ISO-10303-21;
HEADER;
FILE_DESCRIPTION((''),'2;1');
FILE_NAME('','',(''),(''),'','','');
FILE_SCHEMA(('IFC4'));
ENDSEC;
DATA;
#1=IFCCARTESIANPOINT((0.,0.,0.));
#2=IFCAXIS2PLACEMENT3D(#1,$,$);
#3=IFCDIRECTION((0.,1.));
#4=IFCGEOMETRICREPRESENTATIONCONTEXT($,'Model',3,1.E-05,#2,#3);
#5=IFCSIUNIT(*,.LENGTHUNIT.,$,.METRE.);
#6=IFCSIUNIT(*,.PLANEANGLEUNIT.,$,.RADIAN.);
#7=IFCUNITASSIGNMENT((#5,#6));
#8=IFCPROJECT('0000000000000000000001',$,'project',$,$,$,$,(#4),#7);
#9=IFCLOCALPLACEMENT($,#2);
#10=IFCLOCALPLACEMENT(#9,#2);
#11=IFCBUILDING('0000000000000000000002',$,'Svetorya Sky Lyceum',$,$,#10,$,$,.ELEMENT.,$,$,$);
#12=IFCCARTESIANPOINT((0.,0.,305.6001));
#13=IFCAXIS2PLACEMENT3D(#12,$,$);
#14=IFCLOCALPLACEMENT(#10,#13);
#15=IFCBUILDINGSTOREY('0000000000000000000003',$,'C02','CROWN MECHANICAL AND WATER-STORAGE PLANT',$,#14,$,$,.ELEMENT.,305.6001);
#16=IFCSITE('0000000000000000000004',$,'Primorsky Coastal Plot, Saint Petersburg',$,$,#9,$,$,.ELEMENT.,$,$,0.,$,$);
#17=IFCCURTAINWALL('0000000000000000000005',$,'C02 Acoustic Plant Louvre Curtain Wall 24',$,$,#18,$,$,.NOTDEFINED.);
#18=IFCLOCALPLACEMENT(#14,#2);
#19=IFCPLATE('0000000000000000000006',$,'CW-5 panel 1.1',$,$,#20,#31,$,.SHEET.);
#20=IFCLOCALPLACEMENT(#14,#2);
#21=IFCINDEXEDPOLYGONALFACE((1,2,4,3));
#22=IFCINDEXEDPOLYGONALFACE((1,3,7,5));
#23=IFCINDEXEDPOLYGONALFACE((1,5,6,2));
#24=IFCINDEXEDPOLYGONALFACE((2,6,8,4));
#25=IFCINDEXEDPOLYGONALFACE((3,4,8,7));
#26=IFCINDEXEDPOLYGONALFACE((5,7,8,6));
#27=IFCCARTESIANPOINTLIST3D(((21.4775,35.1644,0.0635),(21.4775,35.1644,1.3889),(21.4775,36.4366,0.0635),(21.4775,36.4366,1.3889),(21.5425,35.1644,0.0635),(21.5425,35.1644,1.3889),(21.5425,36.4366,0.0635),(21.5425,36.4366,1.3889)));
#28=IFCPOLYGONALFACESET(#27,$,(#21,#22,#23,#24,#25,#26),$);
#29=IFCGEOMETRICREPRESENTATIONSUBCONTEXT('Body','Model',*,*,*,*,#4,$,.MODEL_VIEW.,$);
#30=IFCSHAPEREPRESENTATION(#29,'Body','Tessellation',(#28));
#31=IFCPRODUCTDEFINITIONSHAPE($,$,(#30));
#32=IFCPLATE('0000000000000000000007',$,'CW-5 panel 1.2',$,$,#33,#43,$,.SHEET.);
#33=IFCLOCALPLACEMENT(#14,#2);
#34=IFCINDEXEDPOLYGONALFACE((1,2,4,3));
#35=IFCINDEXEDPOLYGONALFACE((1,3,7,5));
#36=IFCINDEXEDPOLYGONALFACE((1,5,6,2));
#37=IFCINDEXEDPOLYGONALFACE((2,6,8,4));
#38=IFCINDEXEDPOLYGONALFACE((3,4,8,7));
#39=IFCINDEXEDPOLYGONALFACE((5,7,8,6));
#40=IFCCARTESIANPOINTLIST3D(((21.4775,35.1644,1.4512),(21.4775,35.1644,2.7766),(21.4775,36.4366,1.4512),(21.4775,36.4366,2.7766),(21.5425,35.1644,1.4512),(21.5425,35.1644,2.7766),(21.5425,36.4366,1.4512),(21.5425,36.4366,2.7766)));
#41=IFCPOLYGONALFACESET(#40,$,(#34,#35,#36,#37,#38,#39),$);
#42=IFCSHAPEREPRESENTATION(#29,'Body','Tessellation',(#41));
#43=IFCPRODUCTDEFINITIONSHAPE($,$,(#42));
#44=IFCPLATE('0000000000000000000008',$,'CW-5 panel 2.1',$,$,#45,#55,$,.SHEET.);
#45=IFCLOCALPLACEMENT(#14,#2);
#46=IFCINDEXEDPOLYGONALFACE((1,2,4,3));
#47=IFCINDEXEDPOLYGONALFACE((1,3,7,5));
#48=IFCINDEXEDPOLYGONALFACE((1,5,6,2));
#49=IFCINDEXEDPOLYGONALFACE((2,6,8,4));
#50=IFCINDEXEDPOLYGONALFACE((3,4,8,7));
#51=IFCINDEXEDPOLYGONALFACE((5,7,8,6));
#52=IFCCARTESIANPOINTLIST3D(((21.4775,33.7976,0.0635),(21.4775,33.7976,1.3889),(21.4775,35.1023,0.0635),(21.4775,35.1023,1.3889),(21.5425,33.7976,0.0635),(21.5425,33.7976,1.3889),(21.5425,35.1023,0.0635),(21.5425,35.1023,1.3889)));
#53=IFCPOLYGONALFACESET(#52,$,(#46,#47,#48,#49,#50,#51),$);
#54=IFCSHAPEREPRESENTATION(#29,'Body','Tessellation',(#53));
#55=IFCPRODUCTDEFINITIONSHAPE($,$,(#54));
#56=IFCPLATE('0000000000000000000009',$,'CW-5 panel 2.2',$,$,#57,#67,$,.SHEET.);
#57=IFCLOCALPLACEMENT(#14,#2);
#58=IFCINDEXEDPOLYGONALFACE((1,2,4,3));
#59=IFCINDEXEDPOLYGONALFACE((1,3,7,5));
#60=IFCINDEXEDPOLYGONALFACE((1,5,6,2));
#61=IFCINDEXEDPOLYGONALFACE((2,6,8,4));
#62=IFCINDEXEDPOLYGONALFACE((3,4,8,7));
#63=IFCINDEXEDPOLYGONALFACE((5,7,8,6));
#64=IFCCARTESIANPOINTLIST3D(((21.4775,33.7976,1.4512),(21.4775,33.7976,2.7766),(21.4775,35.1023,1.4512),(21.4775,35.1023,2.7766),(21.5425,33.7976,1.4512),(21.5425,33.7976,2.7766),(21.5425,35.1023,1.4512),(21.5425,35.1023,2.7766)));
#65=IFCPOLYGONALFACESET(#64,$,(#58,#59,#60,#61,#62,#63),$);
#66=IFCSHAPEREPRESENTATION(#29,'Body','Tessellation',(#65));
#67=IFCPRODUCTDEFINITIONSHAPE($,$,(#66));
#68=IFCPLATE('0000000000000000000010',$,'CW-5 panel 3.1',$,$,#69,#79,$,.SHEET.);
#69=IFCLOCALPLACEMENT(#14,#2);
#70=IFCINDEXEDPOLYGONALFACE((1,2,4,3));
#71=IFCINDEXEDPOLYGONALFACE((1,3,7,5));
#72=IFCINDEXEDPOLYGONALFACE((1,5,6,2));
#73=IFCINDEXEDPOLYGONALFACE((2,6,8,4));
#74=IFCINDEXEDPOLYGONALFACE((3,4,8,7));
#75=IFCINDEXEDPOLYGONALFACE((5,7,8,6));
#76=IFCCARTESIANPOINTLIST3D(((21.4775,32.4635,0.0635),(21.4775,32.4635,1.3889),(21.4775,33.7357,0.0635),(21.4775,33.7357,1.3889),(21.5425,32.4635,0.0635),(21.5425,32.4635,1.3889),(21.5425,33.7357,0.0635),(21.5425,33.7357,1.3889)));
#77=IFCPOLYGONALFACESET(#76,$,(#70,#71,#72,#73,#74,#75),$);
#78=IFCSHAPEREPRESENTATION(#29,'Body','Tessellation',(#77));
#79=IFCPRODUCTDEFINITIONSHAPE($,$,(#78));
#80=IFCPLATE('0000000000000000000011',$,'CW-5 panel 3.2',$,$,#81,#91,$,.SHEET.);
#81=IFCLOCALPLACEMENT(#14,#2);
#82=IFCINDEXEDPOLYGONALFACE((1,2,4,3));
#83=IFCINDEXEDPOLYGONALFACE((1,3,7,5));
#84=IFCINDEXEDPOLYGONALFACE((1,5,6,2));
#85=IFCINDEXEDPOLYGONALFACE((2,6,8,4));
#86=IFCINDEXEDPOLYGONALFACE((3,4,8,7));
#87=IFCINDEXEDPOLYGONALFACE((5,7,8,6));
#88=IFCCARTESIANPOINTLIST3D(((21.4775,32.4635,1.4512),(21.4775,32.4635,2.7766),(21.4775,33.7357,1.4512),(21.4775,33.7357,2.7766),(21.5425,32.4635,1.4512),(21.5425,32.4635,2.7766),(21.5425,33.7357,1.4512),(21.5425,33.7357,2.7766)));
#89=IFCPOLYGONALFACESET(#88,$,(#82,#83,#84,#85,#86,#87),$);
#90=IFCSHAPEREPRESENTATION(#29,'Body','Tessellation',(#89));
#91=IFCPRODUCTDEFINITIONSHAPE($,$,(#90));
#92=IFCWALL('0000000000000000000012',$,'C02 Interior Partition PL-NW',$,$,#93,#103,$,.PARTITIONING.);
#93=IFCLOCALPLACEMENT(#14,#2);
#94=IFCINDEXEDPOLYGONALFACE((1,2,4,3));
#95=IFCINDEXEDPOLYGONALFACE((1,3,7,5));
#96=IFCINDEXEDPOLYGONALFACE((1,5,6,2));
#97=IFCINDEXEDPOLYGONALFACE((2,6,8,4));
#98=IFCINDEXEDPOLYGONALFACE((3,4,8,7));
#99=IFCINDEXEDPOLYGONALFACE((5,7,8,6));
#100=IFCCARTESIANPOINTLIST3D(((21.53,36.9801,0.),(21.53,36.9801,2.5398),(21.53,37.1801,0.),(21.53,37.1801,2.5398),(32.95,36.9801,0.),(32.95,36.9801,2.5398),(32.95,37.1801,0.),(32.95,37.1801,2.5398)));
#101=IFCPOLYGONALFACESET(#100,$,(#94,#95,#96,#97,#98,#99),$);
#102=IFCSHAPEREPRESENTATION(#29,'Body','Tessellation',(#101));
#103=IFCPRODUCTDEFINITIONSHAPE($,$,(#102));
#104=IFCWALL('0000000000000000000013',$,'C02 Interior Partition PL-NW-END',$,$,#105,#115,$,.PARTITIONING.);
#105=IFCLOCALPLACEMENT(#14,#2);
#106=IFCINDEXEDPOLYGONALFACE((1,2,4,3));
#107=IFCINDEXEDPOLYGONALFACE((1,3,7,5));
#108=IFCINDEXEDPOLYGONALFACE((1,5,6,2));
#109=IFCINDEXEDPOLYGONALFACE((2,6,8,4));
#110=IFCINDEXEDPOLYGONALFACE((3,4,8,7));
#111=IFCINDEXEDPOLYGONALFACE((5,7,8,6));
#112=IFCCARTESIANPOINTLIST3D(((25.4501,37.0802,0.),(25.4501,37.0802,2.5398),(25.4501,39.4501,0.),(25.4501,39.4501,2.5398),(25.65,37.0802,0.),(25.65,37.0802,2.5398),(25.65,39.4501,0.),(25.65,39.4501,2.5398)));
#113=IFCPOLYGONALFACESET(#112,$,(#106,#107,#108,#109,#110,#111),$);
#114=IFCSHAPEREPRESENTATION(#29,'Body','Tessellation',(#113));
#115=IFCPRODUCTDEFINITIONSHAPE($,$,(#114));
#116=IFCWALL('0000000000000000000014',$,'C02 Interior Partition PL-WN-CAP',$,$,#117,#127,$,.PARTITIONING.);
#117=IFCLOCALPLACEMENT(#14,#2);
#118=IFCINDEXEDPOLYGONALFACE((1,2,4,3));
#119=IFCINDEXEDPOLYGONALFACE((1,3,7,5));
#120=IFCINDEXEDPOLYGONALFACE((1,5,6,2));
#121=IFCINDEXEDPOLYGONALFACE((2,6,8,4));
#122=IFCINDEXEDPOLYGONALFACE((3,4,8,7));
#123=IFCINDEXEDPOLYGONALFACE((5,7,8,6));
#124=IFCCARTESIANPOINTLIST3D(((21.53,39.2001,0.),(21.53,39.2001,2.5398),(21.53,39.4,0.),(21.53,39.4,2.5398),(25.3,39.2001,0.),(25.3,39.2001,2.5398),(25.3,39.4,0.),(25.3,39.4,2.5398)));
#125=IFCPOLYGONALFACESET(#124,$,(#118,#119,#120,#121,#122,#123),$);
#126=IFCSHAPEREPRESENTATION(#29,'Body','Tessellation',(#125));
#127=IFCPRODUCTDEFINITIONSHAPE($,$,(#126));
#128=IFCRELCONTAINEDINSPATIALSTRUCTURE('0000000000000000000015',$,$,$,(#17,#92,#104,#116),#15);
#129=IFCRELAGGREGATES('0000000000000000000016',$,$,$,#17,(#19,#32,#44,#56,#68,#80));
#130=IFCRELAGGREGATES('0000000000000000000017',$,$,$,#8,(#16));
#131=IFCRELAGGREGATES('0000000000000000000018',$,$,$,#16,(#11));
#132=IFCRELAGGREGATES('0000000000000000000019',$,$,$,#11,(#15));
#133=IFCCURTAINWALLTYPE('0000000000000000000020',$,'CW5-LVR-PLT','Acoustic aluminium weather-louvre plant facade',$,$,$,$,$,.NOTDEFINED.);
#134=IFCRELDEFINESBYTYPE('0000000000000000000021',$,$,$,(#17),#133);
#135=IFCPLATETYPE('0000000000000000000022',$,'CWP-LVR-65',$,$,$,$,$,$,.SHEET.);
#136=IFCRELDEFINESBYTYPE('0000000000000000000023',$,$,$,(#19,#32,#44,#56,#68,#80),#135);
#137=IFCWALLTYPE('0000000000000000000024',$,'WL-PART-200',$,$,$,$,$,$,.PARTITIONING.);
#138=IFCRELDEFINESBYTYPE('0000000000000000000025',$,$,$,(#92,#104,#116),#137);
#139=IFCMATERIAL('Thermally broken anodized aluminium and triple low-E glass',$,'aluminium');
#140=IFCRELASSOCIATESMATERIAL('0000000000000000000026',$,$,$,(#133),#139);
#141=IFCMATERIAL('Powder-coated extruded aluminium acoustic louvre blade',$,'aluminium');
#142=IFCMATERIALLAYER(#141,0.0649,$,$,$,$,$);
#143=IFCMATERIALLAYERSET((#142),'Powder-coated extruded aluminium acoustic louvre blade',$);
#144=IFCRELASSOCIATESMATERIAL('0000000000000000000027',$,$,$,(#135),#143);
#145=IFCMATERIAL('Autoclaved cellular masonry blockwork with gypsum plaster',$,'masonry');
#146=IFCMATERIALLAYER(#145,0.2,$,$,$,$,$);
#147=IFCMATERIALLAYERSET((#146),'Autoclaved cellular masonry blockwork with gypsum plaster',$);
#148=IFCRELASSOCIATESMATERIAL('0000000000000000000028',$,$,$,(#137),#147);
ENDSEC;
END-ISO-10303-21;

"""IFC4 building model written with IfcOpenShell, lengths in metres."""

from ifc_helpers import new_model, si_unit, direction, frame, frame_2d, origin, origin_2d, place, context, subcontext, project, spatial, rectangle, extrude, material, layer, layer_set, type_object, element, aggregate, save


model = new_model("IFC4")

# Units and contexts
model_context = context("Model", 3, precision=1e-05, world=origin(), true_north=direction((0.0, 1.0)))
body_context = subcontext(model_context, "Body", "Model", "MODEL_VIEW")
ifc_project = project(units=[si_unit("LENGTHUNIT", "METRE"), si_unit("PLANEANGLEUNIT", "RADIAN")], contexts=[model_context])

# Site, building, storey
site_placement = place(None, origin())
site = spatial("IfcSite", under=ifc_project, at=site_placement, Name="Primorsky Coastal Plot, Saint Petersburg", CompositionType="ELEMENT", RefElevation=0.0)
building_placement = place(site_placement, origin())
building = spatial("IfcBuilding", under=site, at=building_placement, Name="Svetorya Sky Lyceum", CompositionType="ELEMENT")
storey_placement = place(building_placement, frame((0.0, 0.0, 305.6001)))
storey = spatial("IfcBuildingStorey", under=building, at=storey_placement, Name="C02", Description="CROWN MECHANICAL AND WATER-STORAGE PLANT", CompositionType="ELEMENT", Elevation=305.6001)

# Curtain wall, plates
ifc_material_1 = material(Name="Thermally broken anodized aluminium and triple low-E glass", Category="aluminium")
curtain_wall_type = type_object("IfcCurtainWallType", Name="CW5-LVR-PLT", Description="Acoustic aluminium weather-louvre plant facade", PredefinedType="NOTDEFINED", material=ifc_material_1)
curtain_wall_placement = place(storey_placement, origin())
curtain_wall = element("IfcCurtainWall", 1, at=curtain_wall_placement, inside=storey, type_object=curtain_wall_type, Name="C02 Acoustic Plant Louvre Curtain Wall 24", PredefinedType="NOTDEFINED")
ifc_material_2 = material(Name="Powder-coated extruded aluminium acoustic louvre blade", Category="aluminium")
ifc_layer_1 = layer(ifc_material_2, 0.0649)
ifc_layer_set_1 = layer_set([ifc_layer_1], Name="Powder-coated extruded aluminium acoustic louvre blade")
plate_type = type_object("IfcPlateType", Name="CWP-LVR-65", PredefinedType="SHEET", material=ifc_layer_set_1)
plate_1_placement = place(storey_placement, frame((21.51, 35.8005, 0.0635), z_axis=(0.0, 0.0, 1.0), x_axis=(0.0, -1.0, 0.0)))
plate_1 = element("IfcPlate", 2, at=plate_1_placement, type_object=plate_type, Name="CW-5 panel 1.1", PredefinedType="SHEET", context=body_context, shape_type="SweptSolid", body=[
    extrude(rectangle(XDim=1.2722, YDim=0.0649, at=origin_2d()), origin(), (0.0, 0.0, 1.0), 1.3254),
])
plate_2_placement = place(storey_placement, frame((21.51, 35.8005, 1.4512), z_axis=(0.0, 0.0, 1.0), x_axis=(0.0, -1.0, 0.0)))
plate_2 = element("IfcPlate", 3, at=plate_2_placement, type_object=plate_type, Name="CW-5 panel 1.2", PredefinedType="SHEET", context=body_context, shape_type="SweptSolid", body=[
    extrude(rectangle(XDim=1.2722, YDim=0.0649, at=origin_2d()), origin(), (0.0, 0.0, 1.0), 1.3254),
])
plate_3_placement = place(storey_placement, frame((21.51, 34.45, 0.0635), z_axis=(0.0, 0.0, 1.0), x_axis=(0.0, -1.0, 0.0)))
plate_3 = element("IfcPlate", 4, at=plate_3_placement, type_object=plate_type, Name="CW-5 panel 2.1", PredefinedType="SHEET", context=body_context, shape_type="SweptSolid", body=[
    extrude(rectangle(XDim=1.3047, YDim=0.0649, at=origin_2d()), origin(), (0.0, 0.0, 1.0), 1.3254),
])
plate_4_placement = place(storey_placement, frame((21.51, 34.45, 1.4512), z_axis=(0.0, 0.0, 1.0), x_axis=(0.0, -1.0, 0.0)))
plate_4 = element("IfcPlate", 5, at=plate_4_placement, type_object=plate_type, Name="CW-5 panel 2.2", PredefinedType="SHEET", context=body_context, shape_type="SweptSolid", body=[
    extrude(rectangle(XDim=1.3047, YDim=0.0649, at=origin_2d()), origin(), (0.0, 0.0, 1.0), 1.3254),
])
plate_5_placement = place(storey_placement, frame((21.51, 33.0996, 0.0635), z_axis=(0.0, 0.0, 1.0), x_axis=(0.0, -1.0, 0.0)))
plate_5 = element("IfcPlate", 6, at=plate_5_placement, type_object=plate_type, Name="CW-5 panel 3.1", PredefinedType="SHEET", context=body_context, shape_type="SweptSolid", body=[
    extrude(rectangle(XDim=1.2722, YDim=0.0649, at=origin_2d()), origin(), (0.0, 0.0, 1.0), 1.3254),
])
plate_6_placement = place(storey_placement, frame((21.51, 33.0996, 1.4512), z_axis=(0.0, 0.0, 1.0), x_axis=(0.0, -1.0, 0.0)))
plate_6 = element("IfcPlate", 7, at=plate_6_placement, type_object=plate_type, Name="CW-5 panel 3.2", PredefinedType="SHEET", context=body_context, shape_type="SweptSolid", body=[
    extrude(rectangle(XDim=1.2722, YDim=0.0649, at=origin_2d()), origin(), (0.0, 0.0, 1.0), 1.3254),
])
aggregate(curtain_wall, [plate_1, plate_2, plate_3, plate_4, plate_5, plate_6])

# Walls
ifc_material_3 = material(Name="Autoclaved cellular masonry blockwork with gypsum plaster", Category="masonry")
ifc_layer_2 = layer(ifc_material_3, 0.2)
ifc_layer_set_2 = layer_set([ifc_layer_2], Name="Autoclaved cellular masonry blockwork with gypsum plaster")
wall_type = type_object("IfcWallType", Name="WL-PART-200", PredefinedType="PARTITIONING", material=ifc_layer_set_2)
wall_1_placement = place(storey_placement, frame((21.53, 37.0801, 0.0), z_axis=(0.0, 0.0, 1.0), x_axis=(1.0, 0.0, 0.0)))
element("IfcWall", 8, at=wall_1_placement, inside=storey, type_object=wall_type, Name="C02 Interior Partition PL-NW", PredefinedType="PARTITIONING", context=body_context, shape_type="SweptSolid", body=[
    extrude(rectangle(XDim=11.4199, YDim=0.2, at=frame_2d((5.71, 0.0))), origin(), (0.0, 0.0, 1.0), 2.5398),
])
wall_2_placement = place(storey_placement, frame((25.55, 37.0801, 0.0), z_axis=(0.0, 0.0, 1.0), x_axis=(0.0, 1.0, 0.0)))
element("IfcWall", 9, at=wall_2_placement, inside=storey, type_object=wall_type, Name="C02 Interior Partition PL-NW-END", PredefinedType="PARTITIONING", context=body_context, shape_type="SweptSolid", body=[
    extrude(rectangle(XDim=2.3699, YDim=0.2, at=frame_2d((1.1851, 0.0))), origin(), (0.0, 0.0, 1.0), 2.5398),
])
wall_3_placement = place(storey_placement, frame((21.53, 39.3, 0.0), z_axis=(0.0, 0.0, 1.0), x_axis=(1.0, 0.0, 0.0)))
element("IfcWall", 10, at=wall_3_placement, inside=storey, type_object=wall_type, Name="C02 Interior Partition PL-WN-CAP", PredefinedType="PARTITIONING", context=body_context, shape_type="SweptSolid", body=[
    extrude(rectangle(XDim=3.77, YDim=0.2, at=frame_2d((1.885, 0.0))), origin(), (0.0, 0.0, 1.0), 2.5398),
])

save(model, "model.ifc")
